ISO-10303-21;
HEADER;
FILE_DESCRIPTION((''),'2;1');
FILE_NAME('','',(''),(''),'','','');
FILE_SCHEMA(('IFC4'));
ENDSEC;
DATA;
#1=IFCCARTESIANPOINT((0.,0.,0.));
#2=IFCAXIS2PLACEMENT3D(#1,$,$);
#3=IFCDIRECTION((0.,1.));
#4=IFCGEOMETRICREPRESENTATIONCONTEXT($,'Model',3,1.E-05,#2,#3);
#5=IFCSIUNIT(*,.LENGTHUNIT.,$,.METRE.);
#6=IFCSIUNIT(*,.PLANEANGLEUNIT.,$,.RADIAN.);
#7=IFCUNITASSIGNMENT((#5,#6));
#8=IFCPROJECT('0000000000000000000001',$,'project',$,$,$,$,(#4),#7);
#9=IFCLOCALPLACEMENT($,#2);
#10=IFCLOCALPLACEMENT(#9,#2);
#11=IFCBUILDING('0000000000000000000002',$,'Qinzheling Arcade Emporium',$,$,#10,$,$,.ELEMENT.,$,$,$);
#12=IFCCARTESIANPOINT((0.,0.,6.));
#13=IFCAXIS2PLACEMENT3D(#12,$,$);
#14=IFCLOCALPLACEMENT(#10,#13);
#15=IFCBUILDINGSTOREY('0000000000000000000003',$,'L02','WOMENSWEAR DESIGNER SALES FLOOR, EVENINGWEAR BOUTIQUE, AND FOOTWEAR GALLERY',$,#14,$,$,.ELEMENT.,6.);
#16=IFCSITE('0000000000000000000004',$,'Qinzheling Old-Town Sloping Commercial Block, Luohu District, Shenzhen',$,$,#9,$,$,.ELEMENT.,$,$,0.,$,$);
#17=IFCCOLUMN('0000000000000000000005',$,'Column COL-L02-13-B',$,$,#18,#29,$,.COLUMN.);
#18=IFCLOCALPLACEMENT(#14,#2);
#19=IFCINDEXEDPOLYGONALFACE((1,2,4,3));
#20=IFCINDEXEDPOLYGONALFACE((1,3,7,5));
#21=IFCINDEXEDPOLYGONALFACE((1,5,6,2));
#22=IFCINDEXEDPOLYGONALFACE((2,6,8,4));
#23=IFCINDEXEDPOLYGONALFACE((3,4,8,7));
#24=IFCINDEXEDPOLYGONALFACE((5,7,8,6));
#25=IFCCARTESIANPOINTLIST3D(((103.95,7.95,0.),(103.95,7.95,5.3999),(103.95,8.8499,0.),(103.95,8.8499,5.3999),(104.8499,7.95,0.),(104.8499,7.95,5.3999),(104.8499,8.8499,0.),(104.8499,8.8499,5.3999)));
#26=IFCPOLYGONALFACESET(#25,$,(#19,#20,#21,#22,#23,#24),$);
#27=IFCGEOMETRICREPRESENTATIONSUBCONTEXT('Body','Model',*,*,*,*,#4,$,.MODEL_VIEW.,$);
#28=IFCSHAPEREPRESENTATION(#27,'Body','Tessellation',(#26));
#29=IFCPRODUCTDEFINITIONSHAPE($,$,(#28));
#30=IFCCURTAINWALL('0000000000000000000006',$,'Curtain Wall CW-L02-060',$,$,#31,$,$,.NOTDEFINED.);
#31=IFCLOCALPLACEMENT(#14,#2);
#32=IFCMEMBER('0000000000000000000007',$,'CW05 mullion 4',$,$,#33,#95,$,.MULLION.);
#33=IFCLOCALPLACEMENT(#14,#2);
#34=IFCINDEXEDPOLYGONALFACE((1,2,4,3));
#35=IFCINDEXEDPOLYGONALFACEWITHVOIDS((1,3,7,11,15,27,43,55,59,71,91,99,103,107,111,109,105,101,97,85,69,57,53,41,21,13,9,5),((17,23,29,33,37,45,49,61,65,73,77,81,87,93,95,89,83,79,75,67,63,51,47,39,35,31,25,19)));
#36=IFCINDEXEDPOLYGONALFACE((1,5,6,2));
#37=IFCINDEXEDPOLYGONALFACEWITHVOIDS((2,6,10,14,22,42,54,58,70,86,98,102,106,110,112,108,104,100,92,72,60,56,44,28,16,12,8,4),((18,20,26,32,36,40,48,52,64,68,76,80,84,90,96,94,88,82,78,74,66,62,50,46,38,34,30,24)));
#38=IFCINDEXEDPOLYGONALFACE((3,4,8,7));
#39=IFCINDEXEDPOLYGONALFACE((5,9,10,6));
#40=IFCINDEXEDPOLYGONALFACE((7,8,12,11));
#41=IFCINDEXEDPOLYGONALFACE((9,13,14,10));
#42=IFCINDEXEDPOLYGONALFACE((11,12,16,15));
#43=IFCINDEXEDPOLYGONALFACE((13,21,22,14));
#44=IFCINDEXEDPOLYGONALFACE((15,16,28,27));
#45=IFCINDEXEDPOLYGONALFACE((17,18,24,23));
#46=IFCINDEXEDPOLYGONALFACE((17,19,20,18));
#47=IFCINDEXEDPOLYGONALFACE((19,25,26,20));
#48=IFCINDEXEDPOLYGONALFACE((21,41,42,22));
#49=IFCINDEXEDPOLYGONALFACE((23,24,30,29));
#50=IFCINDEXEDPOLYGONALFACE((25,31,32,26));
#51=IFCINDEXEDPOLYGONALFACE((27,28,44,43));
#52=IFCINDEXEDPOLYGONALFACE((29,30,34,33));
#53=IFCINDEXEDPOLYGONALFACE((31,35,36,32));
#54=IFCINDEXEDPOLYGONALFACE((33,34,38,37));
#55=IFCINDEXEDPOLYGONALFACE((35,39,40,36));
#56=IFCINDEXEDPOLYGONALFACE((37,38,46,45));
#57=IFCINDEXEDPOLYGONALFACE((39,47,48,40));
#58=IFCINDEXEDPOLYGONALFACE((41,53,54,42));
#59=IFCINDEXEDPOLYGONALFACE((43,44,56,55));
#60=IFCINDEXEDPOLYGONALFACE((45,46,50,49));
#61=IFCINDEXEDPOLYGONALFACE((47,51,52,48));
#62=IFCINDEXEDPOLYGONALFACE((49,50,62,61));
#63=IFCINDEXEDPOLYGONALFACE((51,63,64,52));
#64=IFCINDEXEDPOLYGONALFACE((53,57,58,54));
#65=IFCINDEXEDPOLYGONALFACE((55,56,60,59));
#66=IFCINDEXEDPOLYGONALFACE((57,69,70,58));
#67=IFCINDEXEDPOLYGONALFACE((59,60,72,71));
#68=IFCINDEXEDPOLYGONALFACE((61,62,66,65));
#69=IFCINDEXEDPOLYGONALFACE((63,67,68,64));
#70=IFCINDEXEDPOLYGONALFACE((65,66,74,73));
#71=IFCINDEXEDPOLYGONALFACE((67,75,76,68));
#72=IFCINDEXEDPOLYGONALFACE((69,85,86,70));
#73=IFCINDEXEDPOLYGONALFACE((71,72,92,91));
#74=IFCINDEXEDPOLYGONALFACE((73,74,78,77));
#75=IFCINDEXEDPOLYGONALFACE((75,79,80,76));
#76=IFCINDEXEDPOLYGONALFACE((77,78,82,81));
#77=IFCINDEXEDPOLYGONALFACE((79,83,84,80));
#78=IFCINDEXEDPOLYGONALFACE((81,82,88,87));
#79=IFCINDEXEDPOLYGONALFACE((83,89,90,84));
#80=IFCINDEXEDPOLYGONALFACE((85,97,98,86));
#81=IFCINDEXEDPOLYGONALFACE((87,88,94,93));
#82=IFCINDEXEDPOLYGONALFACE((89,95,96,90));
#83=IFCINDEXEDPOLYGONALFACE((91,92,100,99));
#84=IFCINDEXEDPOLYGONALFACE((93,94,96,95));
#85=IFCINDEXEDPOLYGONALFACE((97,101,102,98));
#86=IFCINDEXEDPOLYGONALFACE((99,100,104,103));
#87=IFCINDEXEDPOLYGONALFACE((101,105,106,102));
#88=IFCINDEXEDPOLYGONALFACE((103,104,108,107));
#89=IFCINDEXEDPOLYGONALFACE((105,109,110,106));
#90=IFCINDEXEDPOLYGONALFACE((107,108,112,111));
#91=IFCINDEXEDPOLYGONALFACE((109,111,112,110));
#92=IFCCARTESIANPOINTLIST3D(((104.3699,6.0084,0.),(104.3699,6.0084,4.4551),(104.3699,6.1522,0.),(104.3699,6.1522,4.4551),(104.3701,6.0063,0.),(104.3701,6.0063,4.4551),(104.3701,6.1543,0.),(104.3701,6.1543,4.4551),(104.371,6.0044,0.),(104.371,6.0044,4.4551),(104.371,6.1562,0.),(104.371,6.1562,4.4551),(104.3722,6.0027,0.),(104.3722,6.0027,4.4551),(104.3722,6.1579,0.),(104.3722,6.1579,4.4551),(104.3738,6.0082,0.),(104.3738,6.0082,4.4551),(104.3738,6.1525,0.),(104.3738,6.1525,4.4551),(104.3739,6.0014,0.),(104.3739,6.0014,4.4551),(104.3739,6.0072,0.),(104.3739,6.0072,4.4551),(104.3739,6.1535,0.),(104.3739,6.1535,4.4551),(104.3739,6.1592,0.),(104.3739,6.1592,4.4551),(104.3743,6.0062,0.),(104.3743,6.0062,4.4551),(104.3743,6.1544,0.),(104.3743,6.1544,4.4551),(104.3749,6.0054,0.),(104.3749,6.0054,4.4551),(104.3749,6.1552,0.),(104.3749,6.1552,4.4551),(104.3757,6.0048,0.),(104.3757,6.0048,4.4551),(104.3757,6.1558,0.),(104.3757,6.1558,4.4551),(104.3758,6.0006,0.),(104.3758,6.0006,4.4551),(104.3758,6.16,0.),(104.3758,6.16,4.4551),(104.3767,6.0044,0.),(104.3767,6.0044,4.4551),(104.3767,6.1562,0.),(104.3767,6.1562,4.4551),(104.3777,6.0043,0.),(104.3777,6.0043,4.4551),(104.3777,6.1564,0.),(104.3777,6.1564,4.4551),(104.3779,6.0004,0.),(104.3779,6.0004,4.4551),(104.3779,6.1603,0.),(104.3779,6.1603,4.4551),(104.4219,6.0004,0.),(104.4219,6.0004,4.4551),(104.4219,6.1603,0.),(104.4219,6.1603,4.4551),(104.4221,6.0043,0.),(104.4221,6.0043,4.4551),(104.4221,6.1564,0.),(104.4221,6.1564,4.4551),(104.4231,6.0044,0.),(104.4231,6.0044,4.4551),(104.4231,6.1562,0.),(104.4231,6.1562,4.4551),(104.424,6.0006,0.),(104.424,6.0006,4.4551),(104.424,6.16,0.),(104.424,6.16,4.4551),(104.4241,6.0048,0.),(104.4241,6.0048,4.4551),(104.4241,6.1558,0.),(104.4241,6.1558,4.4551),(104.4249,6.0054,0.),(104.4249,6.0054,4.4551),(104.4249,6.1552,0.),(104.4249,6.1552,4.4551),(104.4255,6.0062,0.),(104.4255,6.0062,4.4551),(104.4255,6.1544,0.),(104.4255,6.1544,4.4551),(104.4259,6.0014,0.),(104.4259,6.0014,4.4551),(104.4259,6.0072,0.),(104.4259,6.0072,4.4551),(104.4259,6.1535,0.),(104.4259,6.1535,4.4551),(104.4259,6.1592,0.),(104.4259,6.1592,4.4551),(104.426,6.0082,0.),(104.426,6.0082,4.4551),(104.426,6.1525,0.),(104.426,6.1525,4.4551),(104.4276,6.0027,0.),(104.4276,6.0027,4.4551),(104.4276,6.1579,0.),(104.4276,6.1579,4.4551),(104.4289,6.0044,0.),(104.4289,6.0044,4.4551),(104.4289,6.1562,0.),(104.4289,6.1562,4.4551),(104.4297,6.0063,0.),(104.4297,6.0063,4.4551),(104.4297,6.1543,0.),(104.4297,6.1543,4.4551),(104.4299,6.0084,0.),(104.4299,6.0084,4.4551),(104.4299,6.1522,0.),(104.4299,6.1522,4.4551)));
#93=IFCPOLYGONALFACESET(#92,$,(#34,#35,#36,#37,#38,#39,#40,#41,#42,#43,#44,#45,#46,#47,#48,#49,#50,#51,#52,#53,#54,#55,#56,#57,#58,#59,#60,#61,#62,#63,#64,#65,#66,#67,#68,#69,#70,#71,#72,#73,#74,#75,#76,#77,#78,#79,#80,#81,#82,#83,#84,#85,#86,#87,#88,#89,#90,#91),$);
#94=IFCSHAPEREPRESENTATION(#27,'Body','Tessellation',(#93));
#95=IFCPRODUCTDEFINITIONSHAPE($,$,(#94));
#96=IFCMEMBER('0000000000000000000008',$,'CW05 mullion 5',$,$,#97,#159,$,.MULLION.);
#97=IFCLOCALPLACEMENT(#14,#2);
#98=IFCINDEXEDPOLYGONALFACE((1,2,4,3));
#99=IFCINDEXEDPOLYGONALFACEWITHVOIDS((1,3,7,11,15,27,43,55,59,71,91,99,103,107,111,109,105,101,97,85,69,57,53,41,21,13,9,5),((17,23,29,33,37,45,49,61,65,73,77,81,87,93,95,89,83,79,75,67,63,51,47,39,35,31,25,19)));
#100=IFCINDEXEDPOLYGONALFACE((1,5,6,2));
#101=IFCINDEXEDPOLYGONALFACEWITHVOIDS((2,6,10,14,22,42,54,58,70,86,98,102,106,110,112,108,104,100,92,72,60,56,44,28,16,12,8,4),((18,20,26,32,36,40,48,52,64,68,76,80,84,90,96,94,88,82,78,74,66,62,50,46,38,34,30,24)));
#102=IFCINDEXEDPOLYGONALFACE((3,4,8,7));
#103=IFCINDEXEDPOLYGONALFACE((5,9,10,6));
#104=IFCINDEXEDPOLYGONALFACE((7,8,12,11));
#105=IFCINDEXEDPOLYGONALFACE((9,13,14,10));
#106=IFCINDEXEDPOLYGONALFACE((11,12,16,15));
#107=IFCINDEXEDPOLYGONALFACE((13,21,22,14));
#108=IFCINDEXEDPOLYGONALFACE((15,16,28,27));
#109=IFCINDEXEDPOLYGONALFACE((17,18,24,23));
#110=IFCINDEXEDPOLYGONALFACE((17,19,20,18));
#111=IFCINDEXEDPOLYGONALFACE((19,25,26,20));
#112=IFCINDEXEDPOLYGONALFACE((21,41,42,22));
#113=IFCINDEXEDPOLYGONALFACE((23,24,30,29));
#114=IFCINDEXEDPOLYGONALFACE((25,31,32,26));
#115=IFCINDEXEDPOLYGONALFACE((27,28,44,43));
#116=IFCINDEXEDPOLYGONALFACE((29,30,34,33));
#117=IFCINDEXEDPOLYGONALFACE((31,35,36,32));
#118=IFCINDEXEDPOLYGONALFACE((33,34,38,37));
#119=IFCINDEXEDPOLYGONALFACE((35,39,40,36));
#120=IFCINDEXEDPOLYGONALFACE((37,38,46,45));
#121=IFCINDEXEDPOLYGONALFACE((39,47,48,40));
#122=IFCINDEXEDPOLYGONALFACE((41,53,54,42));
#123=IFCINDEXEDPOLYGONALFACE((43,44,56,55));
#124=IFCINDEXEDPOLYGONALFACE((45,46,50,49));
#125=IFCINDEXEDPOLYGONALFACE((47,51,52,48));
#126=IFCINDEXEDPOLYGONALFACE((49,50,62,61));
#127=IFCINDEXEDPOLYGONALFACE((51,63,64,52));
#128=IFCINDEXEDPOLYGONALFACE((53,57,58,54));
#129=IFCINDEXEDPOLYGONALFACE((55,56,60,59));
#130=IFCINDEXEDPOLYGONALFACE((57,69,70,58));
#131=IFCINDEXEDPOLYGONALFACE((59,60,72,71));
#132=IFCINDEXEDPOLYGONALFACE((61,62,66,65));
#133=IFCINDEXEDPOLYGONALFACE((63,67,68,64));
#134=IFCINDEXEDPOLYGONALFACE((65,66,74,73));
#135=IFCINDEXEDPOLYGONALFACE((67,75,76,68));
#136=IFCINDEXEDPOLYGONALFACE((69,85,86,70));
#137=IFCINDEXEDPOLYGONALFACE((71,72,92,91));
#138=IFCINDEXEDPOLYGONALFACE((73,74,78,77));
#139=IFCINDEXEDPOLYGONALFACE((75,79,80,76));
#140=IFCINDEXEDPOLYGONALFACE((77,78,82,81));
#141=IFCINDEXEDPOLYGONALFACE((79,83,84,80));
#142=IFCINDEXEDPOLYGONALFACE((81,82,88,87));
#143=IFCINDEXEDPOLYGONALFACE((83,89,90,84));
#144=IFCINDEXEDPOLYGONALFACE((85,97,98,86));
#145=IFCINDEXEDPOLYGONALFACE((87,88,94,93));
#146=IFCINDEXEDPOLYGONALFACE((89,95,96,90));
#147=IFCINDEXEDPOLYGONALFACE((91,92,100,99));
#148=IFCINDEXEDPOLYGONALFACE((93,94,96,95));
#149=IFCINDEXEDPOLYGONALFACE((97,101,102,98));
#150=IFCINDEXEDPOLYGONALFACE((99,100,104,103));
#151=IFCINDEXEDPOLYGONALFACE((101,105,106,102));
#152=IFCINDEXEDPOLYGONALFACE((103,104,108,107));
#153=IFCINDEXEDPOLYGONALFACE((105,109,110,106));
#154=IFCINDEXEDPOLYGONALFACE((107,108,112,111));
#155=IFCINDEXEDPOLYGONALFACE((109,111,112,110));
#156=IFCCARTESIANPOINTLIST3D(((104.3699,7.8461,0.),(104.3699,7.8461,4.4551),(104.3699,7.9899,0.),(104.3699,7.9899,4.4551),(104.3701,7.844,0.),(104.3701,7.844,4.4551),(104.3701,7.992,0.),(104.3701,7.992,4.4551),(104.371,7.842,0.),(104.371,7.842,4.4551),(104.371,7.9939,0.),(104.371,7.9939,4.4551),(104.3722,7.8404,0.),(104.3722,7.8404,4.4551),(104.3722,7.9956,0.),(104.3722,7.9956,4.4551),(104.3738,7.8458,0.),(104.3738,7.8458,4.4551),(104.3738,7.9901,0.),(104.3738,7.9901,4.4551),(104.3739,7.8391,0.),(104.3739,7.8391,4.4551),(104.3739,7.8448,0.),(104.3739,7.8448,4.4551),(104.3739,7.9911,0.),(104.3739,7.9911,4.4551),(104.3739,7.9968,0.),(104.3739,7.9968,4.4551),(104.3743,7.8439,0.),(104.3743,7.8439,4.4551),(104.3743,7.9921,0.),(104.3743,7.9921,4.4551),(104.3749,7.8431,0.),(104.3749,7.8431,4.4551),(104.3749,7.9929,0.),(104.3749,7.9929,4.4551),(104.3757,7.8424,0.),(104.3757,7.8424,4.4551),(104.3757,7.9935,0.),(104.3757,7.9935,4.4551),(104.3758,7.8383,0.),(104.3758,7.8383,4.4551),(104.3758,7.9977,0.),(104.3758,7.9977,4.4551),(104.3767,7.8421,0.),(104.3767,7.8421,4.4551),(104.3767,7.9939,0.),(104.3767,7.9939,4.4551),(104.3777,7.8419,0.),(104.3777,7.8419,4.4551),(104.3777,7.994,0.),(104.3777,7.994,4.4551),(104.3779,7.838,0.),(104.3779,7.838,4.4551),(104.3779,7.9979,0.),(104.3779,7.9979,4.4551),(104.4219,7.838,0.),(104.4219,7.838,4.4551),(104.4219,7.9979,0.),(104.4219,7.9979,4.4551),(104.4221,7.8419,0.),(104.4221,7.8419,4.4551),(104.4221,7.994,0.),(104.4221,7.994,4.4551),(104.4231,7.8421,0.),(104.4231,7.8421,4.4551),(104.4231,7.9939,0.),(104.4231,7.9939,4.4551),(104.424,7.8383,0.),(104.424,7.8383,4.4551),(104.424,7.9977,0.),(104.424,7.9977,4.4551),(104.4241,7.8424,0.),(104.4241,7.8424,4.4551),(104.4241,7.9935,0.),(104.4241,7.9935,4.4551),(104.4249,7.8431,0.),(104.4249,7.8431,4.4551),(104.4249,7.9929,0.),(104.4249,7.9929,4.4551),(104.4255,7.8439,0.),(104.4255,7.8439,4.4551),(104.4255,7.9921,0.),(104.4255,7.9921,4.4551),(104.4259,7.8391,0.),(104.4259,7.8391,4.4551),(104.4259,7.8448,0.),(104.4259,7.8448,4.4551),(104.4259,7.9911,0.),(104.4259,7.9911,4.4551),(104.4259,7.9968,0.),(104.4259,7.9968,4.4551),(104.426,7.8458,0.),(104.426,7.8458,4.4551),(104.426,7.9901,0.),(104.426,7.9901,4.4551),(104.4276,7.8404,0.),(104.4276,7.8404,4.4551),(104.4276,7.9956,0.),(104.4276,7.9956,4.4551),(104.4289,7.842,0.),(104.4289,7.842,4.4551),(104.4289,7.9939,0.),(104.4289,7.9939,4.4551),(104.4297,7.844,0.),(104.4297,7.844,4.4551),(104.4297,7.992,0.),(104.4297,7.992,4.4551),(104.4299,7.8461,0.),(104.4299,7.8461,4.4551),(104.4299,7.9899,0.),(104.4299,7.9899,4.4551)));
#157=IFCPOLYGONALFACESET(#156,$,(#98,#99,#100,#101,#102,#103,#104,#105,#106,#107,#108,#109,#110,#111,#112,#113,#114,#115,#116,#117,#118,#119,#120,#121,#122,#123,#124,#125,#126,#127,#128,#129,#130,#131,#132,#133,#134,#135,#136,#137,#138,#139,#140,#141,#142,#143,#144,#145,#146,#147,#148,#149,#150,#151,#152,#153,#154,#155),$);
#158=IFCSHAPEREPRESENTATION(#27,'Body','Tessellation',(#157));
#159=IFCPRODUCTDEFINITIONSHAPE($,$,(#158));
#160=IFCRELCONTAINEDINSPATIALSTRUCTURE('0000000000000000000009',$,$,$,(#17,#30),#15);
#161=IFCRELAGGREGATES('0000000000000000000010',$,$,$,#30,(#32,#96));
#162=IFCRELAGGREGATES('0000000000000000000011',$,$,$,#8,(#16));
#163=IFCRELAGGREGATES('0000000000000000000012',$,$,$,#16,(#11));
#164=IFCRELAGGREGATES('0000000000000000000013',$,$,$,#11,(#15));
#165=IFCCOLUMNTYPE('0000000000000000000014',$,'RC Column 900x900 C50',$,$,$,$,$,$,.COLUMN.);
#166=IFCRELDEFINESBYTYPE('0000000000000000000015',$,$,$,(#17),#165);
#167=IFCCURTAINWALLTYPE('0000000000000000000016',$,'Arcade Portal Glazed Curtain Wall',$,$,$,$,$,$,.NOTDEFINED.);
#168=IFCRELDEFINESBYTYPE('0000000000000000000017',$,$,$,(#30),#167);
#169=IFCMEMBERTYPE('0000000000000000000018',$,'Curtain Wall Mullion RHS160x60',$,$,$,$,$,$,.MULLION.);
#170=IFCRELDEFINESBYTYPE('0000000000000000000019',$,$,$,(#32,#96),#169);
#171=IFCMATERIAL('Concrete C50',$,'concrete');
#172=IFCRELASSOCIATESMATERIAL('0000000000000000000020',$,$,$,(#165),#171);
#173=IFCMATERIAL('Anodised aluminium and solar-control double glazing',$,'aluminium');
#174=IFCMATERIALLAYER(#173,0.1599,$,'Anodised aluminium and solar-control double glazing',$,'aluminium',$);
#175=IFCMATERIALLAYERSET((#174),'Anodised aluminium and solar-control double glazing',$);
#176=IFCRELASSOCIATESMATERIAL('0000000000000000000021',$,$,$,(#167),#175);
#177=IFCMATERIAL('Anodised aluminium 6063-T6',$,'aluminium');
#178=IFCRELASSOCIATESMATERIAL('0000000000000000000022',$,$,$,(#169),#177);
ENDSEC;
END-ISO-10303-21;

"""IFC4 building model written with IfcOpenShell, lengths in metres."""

from ifc_helpers import new_model, si_unit, direction, frame, origin, origin_2d, place, context, subcontext, project, spatial, rectangle, hollow_rectangle, extrude, material, layer, layer_set, material_profile, profile_set, type_object, element, aggregate, save


model = new_model("IFC4")

# Units and contexts
model_context = context("Model", 3, precision=1e-05, world=origin(), true_north=direction((0.0, 1.0)))
body_context = subcontext(model_context, "Body", "Model", "MODEL_VIEW")
ifc_project = project(units=[si_unit("LENGTHUNIT", "METRE"), si_unit("PLANEANGLEUNIT", "RADIAN")], contexts=[model_context])

# Site, building, storey
site_placement = place(None, origin())
site = spatial("IfcSite", under=ifc_project, at=site_placement, Name="Qinzheling Old-Town Sloping Commercial Block, Luohu District, Shenzhen", CompositionType="ELEMENT", RefElevation=0.0)
building_placement = place(site_placement, origin())
building = spatial("IfcBuilding", under=site, at=building_placement, Name="Qinzheling Arcade Emporium", CompositionType="ELEMENT")
storey_placement = place(building_placement, frame((0.0, 0.0, 6.0)))
storey = spatial("IfcBuildingStorey", under=building, at=storey_placement, Name="L02", Description="WOMENSWEAR DESIGNER SALES FLOOR, EVENINGWEAR BOUTIQUE, AND FOOTWEAR GALLERY", CompositionType="ELEMENT", Elevation=6.0)

# Column
ifc_material_1 = material(Name="Concrete C50", Category="concrete")
ifc_material_profile_1 = material_profile(ifc_material_1, rectangle(XDim=0.8999, YDim=0.8999, at=origin_2d()), Name="RC 900x900", Category="concrete")
ifc_profile_set_1 = profile_set([ifc_material_profile_1], Name="Concrete C50")
column_type = type_object("IfcColumnType", Name="RC Column 900x900 C50", PredefinedType="COLUMN", material=ifc_profile_set_1)
column_placement = place(storey_placement, frame((104.3999, 8.3999, 0.0), z_axis=(0.0, 0.0, 1.0), x_axis=(1.0, 0.0, 0.0)))
element("IfcColumn", 1, at=column_placement, inside=storey, type_object=column_type, Name="Column COL-L02-13-B", PredefinedType="COLUMN", context=body_context, shape_type="SweptSolid", body=[
    extrude(rectangle(XDim=0.8999, YDim=0.8999, at=origin_2d()), origin(), (0.0, 0.0, 1.0), 5.3999),
])

# Curtain wall, members
ifc_material_2 = material(Name="Anodised aluminium and solar-control double glazing", Category="aluminium")
ifc_layer_1 = layer(ifc_material_2, 0.1599, Name="Anodised aluminium and solar-control double glazing", Category="aluminium")
ifc_layer_set_1 = layer_set([ifc_layer_1], Name="Anodised aluminium and solar-control double glazing")
curtain_wall_type = type_object("IfcCurtainWallType", Name="Arcade Portal Glazed Curtain Wall", PredefinedType="NOTDEFINED", material=ifc_layer_set_1)
curtain_wall_placement = place(storey_placement, origin())
curtain_wall = element("IfcCurtainWall", 2, at=curtain_wall_placement, inside=storey, type_object=curtain_wall_type, Name="Curtain Wall CW-L02-060", PredefinedType="NOTDEFINED")
ifc_material_3 = material(Name="Anodised aluminium 6063-T6", Category="aluminium")
ifc_material_profile_2 = material_profile(ifc_material_3, hollow_rectangle(XDim=0.0601, YDim=0.1599, WallThickness=0.0039, InnerFilletRadius=0.0039, OuterFilletRadius=0.0081, at=origin_2d()), Name="RHS 160x60x4", Category="aluminium")
ifc_profile_set_2 = profile_set([ifc_material_profile_2], Name="Anodised aluminium 6063-T6")
member_type_1 = type_object("IfcMemberType", Name="Curtain Wall Mullion RHS160x60", PredefinedType="MULLION", material=ifc_profile_set_2)
member_1_placement = place(storey_placement, frame((104.3999, 6.0803, 0.0), z_axis=(0.0, 0.0, 1.0), x_axis=(-1.0, 0.0, 0.0)))
member_1 = element("IfcMember", 3, at=member_1_placement, type_object=member_type_1, Name="CW05 mullion 4", PredefinedType="MULLION", context=body_context, shape_type="SweptSolid", body=[
    extrude(hollow_rectangle(XDim=0.0601, YDim=0.1599, WallThickness=0.0039, InnerFilletRadius=0.0039, OuterFilletRadius=0.0081, at=origin_2d()), origin(), (0.0, 0.0, 1.0), 4.4551),
])
member_2_placement = place(storey_placement, frame((104.3999, 7.918, 0.0), z_axis=(0.0, 0.0, 1.0), x_axis=(-1.0, 0.0, 0.0)))
member_2 = element("IfcMember", 4, at=member_2_placement, type_object=member_type_1, Name="CW05 mullion 5", PredefinedType="MULLION", context=body_context, shape_type="SweptSolid", body=[
    extrude(hollow_rectangle(XDim=0.0601, YDim=0.1599, WallThickness=0.0039, InnerFilletRadius=0.0039, OuterFilletRadius=0.0081, at=origin_2d()), origin(), (0.0, 0.0, 1.0), 4.4551),
])

aggregate(curtain_wall, [member_1, member_2])

save(model, "model.ifc")
